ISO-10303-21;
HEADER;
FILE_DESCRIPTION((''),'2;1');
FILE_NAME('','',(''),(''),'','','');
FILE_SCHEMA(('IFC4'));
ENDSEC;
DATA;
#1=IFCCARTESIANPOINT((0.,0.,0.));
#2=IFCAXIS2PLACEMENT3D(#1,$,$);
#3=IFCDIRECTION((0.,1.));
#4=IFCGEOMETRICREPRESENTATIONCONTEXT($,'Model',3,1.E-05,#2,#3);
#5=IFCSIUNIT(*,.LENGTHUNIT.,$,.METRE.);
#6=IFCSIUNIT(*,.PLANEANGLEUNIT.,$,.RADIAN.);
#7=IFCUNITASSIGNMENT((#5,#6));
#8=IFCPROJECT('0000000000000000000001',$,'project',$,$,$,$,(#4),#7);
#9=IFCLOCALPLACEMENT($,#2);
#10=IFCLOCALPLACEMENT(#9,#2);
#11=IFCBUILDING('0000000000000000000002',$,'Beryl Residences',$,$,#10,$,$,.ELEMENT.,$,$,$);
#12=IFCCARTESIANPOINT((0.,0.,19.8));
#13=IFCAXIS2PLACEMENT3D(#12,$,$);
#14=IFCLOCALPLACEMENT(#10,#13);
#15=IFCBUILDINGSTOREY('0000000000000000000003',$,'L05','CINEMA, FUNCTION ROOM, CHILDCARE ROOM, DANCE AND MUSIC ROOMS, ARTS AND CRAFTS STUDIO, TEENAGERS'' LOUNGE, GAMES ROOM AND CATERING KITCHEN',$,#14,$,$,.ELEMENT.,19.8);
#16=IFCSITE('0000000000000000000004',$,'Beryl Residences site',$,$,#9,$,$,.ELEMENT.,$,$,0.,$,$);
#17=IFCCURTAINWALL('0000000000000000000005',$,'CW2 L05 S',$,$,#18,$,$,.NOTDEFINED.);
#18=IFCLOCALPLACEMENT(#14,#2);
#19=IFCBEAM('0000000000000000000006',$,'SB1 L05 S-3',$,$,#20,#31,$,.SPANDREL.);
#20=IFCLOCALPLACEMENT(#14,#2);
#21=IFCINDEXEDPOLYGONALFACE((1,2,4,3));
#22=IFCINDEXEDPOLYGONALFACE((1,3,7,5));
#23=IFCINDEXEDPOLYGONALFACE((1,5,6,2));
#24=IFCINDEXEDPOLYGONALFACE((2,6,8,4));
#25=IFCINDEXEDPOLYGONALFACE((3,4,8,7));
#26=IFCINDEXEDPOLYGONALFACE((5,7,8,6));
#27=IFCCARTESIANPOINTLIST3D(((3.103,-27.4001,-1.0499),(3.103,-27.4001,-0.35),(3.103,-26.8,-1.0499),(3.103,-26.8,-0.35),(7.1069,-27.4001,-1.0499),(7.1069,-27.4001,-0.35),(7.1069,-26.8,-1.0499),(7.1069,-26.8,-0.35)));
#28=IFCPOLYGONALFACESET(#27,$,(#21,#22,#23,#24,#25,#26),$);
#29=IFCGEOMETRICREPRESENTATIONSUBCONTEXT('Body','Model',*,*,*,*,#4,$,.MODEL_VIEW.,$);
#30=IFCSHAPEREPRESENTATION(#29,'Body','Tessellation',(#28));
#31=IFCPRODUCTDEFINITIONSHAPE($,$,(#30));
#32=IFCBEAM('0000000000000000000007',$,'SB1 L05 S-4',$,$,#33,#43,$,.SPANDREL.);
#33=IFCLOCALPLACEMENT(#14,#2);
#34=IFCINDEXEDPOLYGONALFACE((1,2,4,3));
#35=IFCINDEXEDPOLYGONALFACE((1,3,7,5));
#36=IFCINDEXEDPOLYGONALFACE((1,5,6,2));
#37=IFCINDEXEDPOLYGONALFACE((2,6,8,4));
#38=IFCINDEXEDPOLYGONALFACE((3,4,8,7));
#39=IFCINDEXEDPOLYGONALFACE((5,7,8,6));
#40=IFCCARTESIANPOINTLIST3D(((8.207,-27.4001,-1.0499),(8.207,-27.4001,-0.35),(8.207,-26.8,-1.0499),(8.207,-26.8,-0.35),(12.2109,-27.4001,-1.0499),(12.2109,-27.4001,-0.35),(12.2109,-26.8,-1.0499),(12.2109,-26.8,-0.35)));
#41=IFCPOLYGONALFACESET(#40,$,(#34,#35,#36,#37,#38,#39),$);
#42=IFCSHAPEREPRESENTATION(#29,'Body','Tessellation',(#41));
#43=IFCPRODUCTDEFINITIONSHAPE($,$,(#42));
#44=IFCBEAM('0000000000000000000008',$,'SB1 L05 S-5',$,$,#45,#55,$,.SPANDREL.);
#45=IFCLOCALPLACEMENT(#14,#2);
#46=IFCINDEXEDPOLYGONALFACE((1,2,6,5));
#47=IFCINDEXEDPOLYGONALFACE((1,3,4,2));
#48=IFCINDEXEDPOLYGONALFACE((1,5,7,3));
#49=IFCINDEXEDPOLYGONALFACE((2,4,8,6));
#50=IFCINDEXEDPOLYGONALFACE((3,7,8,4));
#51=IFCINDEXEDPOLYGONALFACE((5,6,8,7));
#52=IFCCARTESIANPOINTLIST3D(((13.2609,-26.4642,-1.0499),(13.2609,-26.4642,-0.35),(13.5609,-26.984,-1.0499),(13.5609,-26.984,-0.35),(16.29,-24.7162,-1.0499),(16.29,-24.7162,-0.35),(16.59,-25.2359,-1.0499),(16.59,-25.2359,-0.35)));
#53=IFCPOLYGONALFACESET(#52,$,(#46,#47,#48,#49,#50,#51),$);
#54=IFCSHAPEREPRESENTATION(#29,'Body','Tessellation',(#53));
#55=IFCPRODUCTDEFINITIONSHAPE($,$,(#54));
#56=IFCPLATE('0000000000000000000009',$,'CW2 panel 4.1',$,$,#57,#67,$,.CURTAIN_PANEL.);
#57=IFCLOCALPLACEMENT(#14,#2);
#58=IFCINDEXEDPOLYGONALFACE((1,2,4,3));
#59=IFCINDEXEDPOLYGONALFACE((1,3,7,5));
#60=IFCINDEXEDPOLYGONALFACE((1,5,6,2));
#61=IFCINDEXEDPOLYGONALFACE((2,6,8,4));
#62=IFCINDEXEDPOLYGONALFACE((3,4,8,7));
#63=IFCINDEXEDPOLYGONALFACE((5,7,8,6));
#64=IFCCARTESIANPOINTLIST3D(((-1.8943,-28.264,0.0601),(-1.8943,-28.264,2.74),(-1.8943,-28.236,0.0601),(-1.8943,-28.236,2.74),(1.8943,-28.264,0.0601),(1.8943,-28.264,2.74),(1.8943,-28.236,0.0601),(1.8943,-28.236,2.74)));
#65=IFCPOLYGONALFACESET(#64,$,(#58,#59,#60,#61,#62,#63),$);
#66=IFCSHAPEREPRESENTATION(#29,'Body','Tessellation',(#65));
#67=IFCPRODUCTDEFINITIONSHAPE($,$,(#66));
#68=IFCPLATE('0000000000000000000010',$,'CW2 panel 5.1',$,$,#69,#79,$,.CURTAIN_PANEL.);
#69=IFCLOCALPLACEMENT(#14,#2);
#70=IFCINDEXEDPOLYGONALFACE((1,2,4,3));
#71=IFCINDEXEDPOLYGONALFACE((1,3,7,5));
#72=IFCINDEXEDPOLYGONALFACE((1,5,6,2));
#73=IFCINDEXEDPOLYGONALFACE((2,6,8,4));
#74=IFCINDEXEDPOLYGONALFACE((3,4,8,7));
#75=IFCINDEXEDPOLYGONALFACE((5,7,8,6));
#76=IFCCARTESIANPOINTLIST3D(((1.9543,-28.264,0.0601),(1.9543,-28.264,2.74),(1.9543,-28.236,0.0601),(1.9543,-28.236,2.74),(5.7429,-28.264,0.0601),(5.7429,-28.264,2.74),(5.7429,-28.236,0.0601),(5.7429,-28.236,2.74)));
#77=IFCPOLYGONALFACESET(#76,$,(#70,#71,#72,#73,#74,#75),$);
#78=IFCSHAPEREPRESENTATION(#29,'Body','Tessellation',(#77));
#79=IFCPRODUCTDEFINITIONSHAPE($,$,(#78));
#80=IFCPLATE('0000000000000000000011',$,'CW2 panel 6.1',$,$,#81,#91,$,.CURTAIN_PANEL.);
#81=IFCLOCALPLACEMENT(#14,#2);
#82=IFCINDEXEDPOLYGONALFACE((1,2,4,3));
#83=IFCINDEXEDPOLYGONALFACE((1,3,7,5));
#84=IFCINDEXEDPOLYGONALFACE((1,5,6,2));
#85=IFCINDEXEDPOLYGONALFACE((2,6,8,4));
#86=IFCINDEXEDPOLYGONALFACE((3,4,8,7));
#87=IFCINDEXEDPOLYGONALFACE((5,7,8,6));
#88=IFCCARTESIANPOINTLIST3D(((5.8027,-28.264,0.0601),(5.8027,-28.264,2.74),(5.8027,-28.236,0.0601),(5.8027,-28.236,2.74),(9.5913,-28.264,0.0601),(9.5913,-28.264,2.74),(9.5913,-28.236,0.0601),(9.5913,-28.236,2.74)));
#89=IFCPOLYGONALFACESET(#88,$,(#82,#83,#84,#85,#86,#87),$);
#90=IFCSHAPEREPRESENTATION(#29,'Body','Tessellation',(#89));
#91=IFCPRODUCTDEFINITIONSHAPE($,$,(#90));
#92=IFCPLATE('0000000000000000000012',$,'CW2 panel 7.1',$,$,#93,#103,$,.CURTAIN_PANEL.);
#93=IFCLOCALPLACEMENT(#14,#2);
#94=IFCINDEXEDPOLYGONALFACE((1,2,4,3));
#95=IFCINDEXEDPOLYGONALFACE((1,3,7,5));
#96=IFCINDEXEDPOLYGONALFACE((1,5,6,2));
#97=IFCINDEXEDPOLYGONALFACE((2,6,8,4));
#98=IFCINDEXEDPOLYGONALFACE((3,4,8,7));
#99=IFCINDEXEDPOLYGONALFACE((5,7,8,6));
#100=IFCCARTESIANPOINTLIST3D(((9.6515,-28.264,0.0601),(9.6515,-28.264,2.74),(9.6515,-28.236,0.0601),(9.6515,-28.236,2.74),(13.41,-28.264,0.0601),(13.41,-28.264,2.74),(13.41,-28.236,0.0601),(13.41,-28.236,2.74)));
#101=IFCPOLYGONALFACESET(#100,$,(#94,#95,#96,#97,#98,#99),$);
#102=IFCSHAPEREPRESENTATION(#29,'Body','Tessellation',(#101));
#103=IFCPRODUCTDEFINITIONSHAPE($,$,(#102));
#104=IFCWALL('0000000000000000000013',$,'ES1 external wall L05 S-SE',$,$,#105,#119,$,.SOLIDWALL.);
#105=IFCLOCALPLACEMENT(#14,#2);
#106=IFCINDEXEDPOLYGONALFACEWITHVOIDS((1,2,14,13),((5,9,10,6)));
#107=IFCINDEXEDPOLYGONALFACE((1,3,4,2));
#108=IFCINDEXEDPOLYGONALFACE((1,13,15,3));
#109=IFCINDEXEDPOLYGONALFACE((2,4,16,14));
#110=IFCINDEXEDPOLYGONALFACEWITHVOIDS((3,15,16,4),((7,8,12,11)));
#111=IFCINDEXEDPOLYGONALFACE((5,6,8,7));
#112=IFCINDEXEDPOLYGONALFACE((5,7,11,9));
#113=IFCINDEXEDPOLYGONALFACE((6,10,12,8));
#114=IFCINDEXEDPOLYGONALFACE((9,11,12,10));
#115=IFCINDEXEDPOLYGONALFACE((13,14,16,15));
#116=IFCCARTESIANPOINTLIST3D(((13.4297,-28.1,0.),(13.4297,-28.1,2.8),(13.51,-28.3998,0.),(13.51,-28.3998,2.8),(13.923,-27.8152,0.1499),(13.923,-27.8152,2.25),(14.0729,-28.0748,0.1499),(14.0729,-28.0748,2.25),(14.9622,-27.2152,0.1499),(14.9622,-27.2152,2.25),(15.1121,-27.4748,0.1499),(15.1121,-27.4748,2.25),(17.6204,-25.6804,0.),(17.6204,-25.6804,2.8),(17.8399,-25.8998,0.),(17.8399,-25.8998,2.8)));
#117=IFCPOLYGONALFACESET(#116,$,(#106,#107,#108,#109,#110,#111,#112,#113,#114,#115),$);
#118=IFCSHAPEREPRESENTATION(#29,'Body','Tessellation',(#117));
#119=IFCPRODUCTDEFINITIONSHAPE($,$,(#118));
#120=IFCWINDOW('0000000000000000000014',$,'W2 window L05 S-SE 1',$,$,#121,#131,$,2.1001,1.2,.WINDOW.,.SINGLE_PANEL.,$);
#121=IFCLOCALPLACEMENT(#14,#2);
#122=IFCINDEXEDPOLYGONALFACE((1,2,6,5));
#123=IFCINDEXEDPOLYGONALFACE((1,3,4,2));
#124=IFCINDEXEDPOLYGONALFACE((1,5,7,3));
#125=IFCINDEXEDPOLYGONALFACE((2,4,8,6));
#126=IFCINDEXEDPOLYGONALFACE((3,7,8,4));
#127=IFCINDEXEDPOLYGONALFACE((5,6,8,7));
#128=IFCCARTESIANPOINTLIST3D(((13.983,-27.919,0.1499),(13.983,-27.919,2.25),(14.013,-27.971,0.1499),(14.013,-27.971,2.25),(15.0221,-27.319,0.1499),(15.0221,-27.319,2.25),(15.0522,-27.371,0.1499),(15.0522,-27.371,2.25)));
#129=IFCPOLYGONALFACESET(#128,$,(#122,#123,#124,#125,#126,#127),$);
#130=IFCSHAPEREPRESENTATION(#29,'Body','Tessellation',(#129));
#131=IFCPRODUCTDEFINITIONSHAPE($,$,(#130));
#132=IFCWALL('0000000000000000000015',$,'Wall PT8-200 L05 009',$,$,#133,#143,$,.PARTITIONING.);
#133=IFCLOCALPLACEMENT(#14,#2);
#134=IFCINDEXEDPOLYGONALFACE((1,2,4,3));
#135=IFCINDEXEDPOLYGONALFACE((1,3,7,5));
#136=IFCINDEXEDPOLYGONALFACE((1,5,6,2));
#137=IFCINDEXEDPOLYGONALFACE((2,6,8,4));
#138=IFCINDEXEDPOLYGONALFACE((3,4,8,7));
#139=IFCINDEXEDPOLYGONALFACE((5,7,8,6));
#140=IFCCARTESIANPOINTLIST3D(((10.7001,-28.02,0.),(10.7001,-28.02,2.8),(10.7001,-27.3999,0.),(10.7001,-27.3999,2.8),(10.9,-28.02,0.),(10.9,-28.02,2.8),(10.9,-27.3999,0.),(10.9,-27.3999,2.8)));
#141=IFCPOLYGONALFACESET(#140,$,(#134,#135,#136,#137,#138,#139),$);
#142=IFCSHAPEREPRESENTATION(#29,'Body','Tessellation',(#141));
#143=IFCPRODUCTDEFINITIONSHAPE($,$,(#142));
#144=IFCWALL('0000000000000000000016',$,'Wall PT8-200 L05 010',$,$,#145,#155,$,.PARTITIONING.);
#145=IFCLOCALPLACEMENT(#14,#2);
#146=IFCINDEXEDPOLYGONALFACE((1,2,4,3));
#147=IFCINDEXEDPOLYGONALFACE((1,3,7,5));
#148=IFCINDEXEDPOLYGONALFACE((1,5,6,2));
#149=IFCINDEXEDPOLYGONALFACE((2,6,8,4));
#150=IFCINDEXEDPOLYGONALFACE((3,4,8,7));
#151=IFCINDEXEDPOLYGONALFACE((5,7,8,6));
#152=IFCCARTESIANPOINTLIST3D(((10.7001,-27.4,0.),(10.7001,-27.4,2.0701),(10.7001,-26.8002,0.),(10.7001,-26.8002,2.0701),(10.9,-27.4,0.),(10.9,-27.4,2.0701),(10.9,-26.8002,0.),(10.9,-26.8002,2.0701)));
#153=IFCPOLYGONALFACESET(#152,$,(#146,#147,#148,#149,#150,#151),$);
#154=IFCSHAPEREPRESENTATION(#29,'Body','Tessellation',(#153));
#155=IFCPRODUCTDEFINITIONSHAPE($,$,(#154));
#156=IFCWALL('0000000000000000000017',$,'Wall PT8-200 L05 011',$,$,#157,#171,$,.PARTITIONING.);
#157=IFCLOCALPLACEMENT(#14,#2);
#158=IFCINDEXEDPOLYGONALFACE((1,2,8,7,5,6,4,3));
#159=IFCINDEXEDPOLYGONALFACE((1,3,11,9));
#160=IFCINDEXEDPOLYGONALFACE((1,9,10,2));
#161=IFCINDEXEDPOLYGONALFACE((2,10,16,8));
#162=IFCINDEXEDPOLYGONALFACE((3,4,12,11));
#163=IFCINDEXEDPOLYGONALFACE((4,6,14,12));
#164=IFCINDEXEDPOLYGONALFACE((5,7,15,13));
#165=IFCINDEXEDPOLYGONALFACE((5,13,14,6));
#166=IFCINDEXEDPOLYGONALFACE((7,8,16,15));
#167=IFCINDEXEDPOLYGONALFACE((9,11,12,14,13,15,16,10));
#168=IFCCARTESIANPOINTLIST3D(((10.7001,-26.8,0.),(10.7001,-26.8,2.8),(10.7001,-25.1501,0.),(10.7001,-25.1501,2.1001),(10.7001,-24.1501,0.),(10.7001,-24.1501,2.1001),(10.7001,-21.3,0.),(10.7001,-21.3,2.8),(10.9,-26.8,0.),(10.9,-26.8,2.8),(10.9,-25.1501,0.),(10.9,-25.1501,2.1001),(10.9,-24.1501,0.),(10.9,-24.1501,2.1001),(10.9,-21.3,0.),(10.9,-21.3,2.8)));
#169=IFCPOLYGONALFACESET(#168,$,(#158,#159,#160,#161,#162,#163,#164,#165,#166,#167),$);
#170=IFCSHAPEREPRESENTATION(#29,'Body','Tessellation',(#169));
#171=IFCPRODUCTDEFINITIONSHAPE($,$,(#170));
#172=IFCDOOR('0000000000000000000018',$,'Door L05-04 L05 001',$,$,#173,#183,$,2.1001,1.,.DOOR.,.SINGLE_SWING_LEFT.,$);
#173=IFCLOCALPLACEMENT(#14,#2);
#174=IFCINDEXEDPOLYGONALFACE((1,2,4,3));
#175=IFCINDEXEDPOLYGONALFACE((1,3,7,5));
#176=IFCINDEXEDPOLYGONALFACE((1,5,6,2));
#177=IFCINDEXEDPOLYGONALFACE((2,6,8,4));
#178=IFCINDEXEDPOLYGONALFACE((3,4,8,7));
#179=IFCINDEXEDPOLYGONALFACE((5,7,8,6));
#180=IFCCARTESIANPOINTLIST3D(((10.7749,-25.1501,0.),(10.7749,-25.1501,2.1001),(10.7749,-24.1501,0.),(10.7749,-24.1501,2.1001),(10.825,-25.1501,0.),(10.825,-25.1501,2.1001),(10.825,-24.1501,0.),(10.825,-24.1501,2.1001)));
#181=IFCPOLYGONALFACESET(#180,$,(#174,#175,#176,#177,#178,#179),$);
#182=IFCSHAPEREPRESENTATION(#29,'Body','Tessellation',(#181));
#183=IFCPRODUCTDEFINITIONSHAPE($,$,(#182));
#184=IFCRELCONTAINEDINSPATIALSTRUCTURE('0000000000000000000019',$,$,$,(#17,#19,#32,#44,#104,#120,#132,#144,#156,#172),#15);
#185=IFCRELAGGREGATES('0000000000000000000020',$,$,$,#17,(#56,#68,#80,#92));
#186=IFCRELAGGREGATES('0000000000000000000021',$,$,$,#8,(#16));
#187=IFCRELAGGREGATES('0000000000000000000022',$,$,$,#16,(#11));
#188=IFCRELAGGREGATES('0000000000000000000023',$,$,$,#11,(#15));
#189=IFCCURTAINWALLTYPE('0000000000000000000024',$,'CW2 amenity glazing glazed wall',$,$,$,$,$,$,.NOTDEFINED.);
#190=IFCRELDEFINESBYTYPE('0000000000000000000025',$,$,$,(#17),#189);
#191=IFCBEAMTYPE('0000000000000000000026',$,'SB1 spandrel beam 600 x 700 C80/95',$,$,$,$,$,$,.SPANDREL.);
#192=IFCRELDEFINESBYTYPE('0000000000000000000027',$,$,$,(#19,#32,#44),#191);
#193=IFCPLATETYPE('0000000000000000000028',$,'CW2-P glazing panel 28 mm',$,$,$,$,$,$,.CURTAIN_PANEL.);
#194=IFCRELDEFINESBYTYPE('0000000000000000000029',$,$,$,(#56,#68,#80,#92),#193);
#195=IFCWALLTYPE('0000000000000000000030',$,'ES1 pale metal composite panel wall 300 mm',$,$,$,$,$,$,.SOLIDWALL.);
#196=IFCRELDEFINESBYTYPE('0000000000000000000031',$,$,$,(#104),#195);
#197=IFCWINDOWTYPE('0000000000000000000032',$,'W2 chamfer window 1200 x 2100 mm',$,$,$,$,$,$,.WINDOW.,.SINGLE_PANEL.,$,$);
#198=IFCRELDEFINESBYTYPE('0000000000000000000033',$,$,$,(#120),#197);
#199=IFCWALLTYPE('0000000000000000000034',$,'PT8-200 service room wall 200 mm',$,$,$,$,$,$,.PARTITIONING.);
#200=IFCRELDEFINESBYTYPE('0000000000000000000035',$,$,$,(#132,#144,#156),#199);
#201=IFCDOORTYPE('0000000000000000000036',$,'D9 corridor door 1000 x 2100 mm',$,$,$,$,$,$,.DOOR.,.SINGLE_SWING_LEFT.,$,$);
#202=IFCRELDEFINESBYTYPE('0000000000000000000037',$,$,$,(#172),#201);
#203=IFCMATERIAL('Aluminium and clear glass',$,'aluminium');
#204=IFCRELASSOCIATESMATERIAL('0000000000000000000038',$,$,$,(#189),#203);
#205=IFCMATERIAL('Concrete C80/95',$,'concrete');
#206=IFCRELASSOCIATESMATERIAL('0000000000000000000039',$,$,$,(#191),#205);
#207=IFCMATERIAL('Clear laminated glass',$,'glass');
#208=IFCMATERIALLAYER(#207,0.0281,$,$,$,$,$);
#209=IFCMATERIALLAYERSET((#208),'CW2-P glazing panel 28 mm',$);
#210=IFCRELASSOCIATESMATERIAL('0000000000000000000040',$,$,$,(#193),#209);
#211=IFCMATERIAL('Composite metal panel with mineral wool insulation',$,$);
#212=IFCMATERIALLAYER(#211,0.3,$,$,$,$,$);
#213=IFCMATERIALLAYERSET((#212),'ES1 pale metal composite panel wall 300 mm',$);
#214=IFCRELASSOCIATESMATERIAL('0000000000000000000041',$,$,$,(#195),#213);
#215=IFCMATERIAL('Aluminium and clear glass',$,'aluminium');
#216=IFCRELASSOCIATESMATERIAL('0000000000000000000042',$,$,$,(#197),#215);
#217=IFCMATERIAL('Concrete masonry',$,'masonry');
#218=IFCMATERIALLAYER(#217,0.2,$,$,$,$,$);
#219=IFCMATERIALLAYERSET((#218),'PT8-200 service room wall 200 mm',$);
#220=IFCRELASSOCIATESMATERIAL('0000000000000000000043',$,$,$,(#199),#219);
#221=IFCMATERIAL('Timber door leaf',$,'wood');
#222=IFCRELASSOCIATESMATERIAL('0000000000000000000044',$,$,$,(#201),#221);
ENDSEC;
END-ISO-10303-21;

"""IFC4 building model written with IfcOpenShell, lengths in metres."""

from ifc_helpers import new_model, si_unit, direction, frame, frame_2d, origin, origin_2d, place, context, subcontext, project, spatial, polyline, rectangle, outline, extrude, material, layer, layer_set, material_profile, profile_set, type_object, element, fill, aggregate, save


model = new_model("IFC4")

# Units and contexts
model_context = context("Model", 3, precision=1e-05, world=origin(), true_north=direction((0.0, 1.0)))
body_context = subcontext(model_context, "Body", "Model", "MODEL_VIEW")
ifc_project = project(units=[si_unit("LENGTHUNIT", "METRE"), si_unit("PLANEANGLEUNIT", "RADIAN")], contexts=[model_context])

# Site, building, storey
site_placement = place(None, origin())
site = spatial("IfcSite", under=ifc_project, at=site_placement, Name="Beryl Residences site", CompositionType="ELEMENT", RefElevation=0.0)
building_placement = place(site_placement, origin())
building = spatial("IfcBuilding", under=site, at=building_placement, Name="Beryl Residences", CompositionType="ELEMENT")
storey_placement = place(building_placement, frame((0.0, 0.0, 19.8)))
storey = spatial("IfcBuildingStorey", under=building, at=storey_placement, Name="L05", Description="CINEMA, FUNCTION ROOM, CHILDCARE ROOM, DANCE AND MUSIC ROOMS, ARTS AND CRAFTS STUDIO, TEENAGERS' LOUNGE, GAMES ROOM AND CATERING KITCHEN", CompositionType="ELEMENT", Elevation=19.8)

# Curtain wall
ifc_material_1 = material(Name="Aluminium and clear glass", Category="aluminium")
curtain_wall_type = type_object("IfcCurtainWallType", Name="CW2 amenity glazing glazed wall", PredefinedType="NOTDEFINED", material=ifc_material_1)
curtain_wall_placement = place(storey_placement, origin())
curtain_wall = element("IfcCurtainWall", 1, at=curtain_wall_placement, inside=storey, type_object=curtain_wall_type, Name="CW2 L05 S", PredefinedType="NOTDEFINED")

# Beams
ifc_material_2 = material(Name="Concrete C80/95", Category="concrete")
ifc_material_profile_1 = material_profile(ifc_material_2, rectangle(XDim=0.6001, YDim=0.7, at=origin_2d()))
ifc_profile_set_1 = profile_set([ifc_material_profile_1], Name="Concrete C80/95")
beam_type = type_object("IfcBeamType", Name="SB1 spandrel beam 600 x 700 C80/95", PredefinedType="SPANDREL", material=ifc_profile_set_1)
for number, where, z_axis, x_axis, name in (
    (2, (3.103, -27.1001, -0.7), (1.0, 0.0, 0.0), (0.0, 1.0, 0.0), "SB1 L05 S-3"),
    (3, (8.207, -27.1001, -0.7), (1.0, 0.0, 0.0), (0.0, 1.0, 0.0), "SB1 L05 S-4"),
):
    element("IfcBeam", number, at=place(storey_placement, frame(where, z_axis=z_axis, x_axis=x_axis)), inside=storey, type_object=beam_type, Name=name, PredefinedType="SPANDREL", context=body_context, shape_type="SweptSolid", body=[
        extrude(rectangle(XDim=0.6001, YDim=0.7, at=origin_2d()), origin(), (0.0, 0.0, 1.0), 4.0039),
    ])
beam_placement = place(storey_placement, frame((13.4109, -26.7241, -0.7), z_axis=(0.866122, 0.499833, 0.0), x_axis=(-0.499833, 0.866122, 0.0)))
element("IfcBeam", 4, at=beam_placement, inside=storey, type_object=beam_type, Name="SB1 L05 S-5", PredefinedType="SPANDREL", context=body_context, shape_type="SweptSolid", body=[
    extrude(rectangle(XDim=0.6001, YDim=0.7, at=origin_2d()), origin(), (0.0, 0.0, 1.0), 3.4973),
])

# Plates
ifc_material_3 = material(Name="Clear laminated glass", Category="glass")
ifc_layer_1 = layer(ifc_material_3, 0.0281)
ifc_layer_set_1 = layer_set([ifc_layer_1], Name="CW2-P glazing panel 28 mm")
plate_type = type_object("IfcPlateType", Name="CW2-P glazing panel 28 mm", PredefinedType="CURTAIN_PANEL", material=ifc_layer_set_1)
plate_1_placement = place(storey_placement, frame((0.0, -28.25, 0.0601), z_axis=(0.0, 0.0, 1.0), x_axis=(1.0, 0.0, 0.0)))
plate_1 = element("IfcPlate", 5, at=plate_1_placement, type_object=plate_type, Name="CW2 panel 4.1", PredefinedType="CURTAIN_PANEL", context=body_context, shape_type="SweptSolid", body=[
    extrude(rectangle(XDim=3.7886, YDim=0.0281, at=origin_2d()), origin(), (0.0, 0.0, 1.0), 2.6799),
])
plate_2_placement = place(storey_placement, frame((3.8486, -28.25, 0.0601), z_axis=(0.0, 0.0, 1.0), x_axis=(1.0, 0.0, 0.0)))
plate_2 = element("IfcPlate", 6, at=plate_2_placement, type_object=plate_type, Name="CW2 panel 5.1", PredefinedType="CURTAIN_PANEL", context=body_context, shape_type="SweptSolid", body=[
    extrude(rectangle(XDim=3.7886, YDim=0.0281, at=origin_2d()), origin(), (0.0, 0.0, 1.0), 2.6799),
])
plate_3_placement = place(storey_placement, frame((7.697, -28.25, 0.0601), z_axis=(0.0, 0.0, 1.0), x_axis=(1.0, 0.0, 0.0)))
plate_3 = element("IfcPlate", 7, at=plate_3_placement, type_object=plate_type, Name="CW2 panel 6.1", PredefinedType="CURTAIN_PANEL", context=body_context, shape_type="SweptSolid", body=[
    extrude(rectangle(XDim=3.7886, YDim=0.0281, at=origin_2d()), origin(), (0.0, 0.0, 1.0), 2.6799),
])
plate_4_placement = place(storey_placement, frame((11.5308, -28.25, 0.0601), z_axis=(0.0, 0.0, 1.0), x_axis=(1.0, 0.0, 0.0)))
plate_4 = element("IfcPlate", 8, at=plate_4_placement, type_object=plate_type, Name="CW2 panel 7.1", PredefinedType="CURTAIN_PANEL", context=body_context, shape_type="SweptSolid", body=[
    extrude(rectangle(XDim=3.7585, YDim=0.0281, at=origin_2d()), origin(), (0.0, 0.0, 1.0), 2.6799),
])
aggregate(curtain_wall, [plate_1, plate_2, plate_3, plate_4])

# Wall, opening, window
ifc_material_4 = material(Name="Composite metal panel with mineral wool insulation")
ifc_layer_2 = layer(ifc_material_4, 0.3)
ifc_layer_set_2 = layer_set([ifc_layer_2], Name="ES1 pale metal composite panel wall 300 mm")
wall_type_1 = type_object("IfcWallType", Name="ES1 pale metal composite panel wall 300 mm", PredefinedType="SOLIDWALL", material=ifc_layer_set_2)
wall_1_placement = place(storey_placement, frame((13.4351, -28.27, 0.0), z_axis=(0.0, 0.0, 1.0), x_axis=(0.866011, 0.500025, 0.0)))
wall_1 = element("IfcWall", 9, at=wall_1_placement, inside=storey, type_object=wall_type_1, Name="ES1 external wall L05 S-SE", PredefinedType="SOLIDWALL", context=body_context, shape_type="SweptSolid", body=[
    extrude(outline(polyline([(0.0, -0.1499), (4.9998, -0.1499), (4.9194, 0.1499), (0.0803, 0.1499), (0.0, -0.1499)])), origin(), (0.0, 0.0, 1.0), 2.8),
])
opening_1_placement = place(wall_1_placement, frame((0.6499, 0.0, 0.1499)))
opening_1 = element("IfcOpeningElement", 10, at=opening_1_placement, cuts=wall_1, PredefinedType="OPENING", context=body_context, shape_type="SweptSolid", body=[
    extrude(rectangle(XDim=1.2, YDim=2.1001, at=frame_2d((0.6001, 1.05))), frame((0.0, 0.1599, 0.0), z_axis=(0.0, -1.0, 0.0), x_axis=(1.0, 0.0, 0.0)), (0.0, 0.0, 1.0), 0.3201),
])
ifc_material_5 = material(Name="Aluminium and clear glass", Category="aluminium")
window_type = type_object("IfcWindowType", Name="W2 chamfer window 1200 x 2100 mm", PartitioningType="SINGLE_PANEL", PredefinedType="WINDOW", material=ifc_material_5)
window_placement = place(opening_1_placement, origin())
window = element("IfcWindow", 11, at=window_placement, inside=storey, type_object=window_type, Name="W2 window L05 S-SE 1", OverallHeight=2.1001, OverallWidth=1.2, PartitioningType="SINGLE_PANEL", PredefinedType="WINDOW", context=body_context, shape_type="SweptSolid", body=[
    extrude(rectangle(XDim=1.2, YDim=2.1001, at=frame_2d((0.6001, 1.05))), frame((0.0, 0.03, 0.0), z_axis=(0.0, -1.0, 0.0), x_axis=(1.0, 0.0, 0.0)), (0.0, 0.0, 1.0), 0.0601),
])
fill(opening_1, window)

# Walls
ifc_material_6 = material(Name="Concrete masonry", Category="masonry")
ifc_layer_3 = layer(ifc_material_6, 0.2)
ifc_layer_set_3 = layer_set([ifc_layer_3], Name="PT8-200 service room wall 200 mm")
wall_type_2 = type_object("IfcWallType", Name="PT8-200 service room wall 200 mm", PredefinedType="PARTITIONING", material=ifc_layer_set_3)
wall_2_placement = place(storey_placement, frame((10.8, -28.02, 0.0), z_axis=(0.0, 0.0, 1.0), x_axis=(0.0, 1.0, 0.0)))
element("IfcWall", 12, at=wall_2_placement, inside=storey, type_object=wall_type_2, Name="Wall PT8-200 L05 009", PredefinedType="PARTITIONING", context=body_context, shape_type="SweptSolid", body=[
    extrude(rectangle(XDim=0.6201, YDim=0.2, at=frame_2d((0.3101, 0.0))), origin(), (0.0, 0.0, 1.0), 2.8),
])
wall_3_placement = place(storey_placement, frame((10.8, -27.3999, 0.0), z_axis=(0.0, 0.0, 1.0), x_axis=(0.0, 1.0, 0.0)))
element("IfcWall", 13, at=wall_3_placement, inside=storey, type_object=wall_type_2, Name="Wall PT8-200 L05 010", PredefinedType="PARTITIONING", context=body_context, shape_type="SweptSolid", body=[
    extrude(rectangle(XDim=0.5999, YDim=0.2, at=frame_2d((0.2998, 0.0))), origin(), (0.0, 0.0, 1.0), 2.0701),
])

# Wall, opening, door
wall_4_placement = place(storey_placement, frame((10.8, -26.8, 0.0), z_axis=(0.0, 0.0, 1.0), x_axis=(0.0, 1.0, 0.0)))
wall_4 = element("IfcWall", 14, at=wall_4_placement, inside=storey, type_object=wall_type_2, Name="Wall PT8-200 L05 011", PredefinedType="PARTITIONING", context=body_context, shape_type="SweptSolid", body=[
    extrude(rectangle(XDim=5.5, YDim=0.2, at=frame_2d((2.75, 0.0))), origin(), (0.0, 0.0, 1.0), 2.8),
])
opening_2_placement = place(wall_4_placement, frame((2.6499, 0.0, 0.0), z_axis=(0.0, 0.0, 1.0), x_axis=(-1.0, 0.0, 0.0)))
opening_2 = element("IfcOpeningElement", 15, at=opening_2_placement, cuts=wall_4, PredefinedType="OPENING", context=body_context, shape_type="SweptSolid", body=[
    extrude(rectangle(XDim=1.0, YDim=2.1001, at=frame_2d((0.5, 1.05))), frame((0.0, 0.1099, 0.0), z_axis=(0.0, -1.0, 0.0), x_axis=(1.0, 0.0, 0.0)), (0.0, 0.0, 1.0), 0.22),
])
ifc_material_7 = material(Name="Timber door leaf", Category="wood")
door_type = type_object("IfcDoorType", Name="D9 corridor door 1000 x 2100 mm", OperationType="SINGLE_SWING_LEFT", PredefinedType="DOOR", material=ifc_material_7)
door_placement = place(opening_2_placement, origin())
door = element("IfcDoor", 16, at=door_placement, inside=storey, type_object=door_type, Name="Door L05-04 L05 001", OperationType="SINGLE_SWING_LEFT", OverallHeight=2.1001, OverallWidth=1.0, PredefinedType="DOOR", context=body_context, shape_type="SweptSolid", body=[
    extrude(rectangle(XDim=1.0, YDim=2.1001, at=frame_2d((0.5, 1.05))), frame((0.0, 0.0249, 0.0), z_axis=(0.0, -1.0, 0.0), x_axis=(1.0, 0.0, 0.0)), (0.0, 0.0, 1.0), 0.05),
])
fill(opening_2, door)

save(model, "model.ifc")
